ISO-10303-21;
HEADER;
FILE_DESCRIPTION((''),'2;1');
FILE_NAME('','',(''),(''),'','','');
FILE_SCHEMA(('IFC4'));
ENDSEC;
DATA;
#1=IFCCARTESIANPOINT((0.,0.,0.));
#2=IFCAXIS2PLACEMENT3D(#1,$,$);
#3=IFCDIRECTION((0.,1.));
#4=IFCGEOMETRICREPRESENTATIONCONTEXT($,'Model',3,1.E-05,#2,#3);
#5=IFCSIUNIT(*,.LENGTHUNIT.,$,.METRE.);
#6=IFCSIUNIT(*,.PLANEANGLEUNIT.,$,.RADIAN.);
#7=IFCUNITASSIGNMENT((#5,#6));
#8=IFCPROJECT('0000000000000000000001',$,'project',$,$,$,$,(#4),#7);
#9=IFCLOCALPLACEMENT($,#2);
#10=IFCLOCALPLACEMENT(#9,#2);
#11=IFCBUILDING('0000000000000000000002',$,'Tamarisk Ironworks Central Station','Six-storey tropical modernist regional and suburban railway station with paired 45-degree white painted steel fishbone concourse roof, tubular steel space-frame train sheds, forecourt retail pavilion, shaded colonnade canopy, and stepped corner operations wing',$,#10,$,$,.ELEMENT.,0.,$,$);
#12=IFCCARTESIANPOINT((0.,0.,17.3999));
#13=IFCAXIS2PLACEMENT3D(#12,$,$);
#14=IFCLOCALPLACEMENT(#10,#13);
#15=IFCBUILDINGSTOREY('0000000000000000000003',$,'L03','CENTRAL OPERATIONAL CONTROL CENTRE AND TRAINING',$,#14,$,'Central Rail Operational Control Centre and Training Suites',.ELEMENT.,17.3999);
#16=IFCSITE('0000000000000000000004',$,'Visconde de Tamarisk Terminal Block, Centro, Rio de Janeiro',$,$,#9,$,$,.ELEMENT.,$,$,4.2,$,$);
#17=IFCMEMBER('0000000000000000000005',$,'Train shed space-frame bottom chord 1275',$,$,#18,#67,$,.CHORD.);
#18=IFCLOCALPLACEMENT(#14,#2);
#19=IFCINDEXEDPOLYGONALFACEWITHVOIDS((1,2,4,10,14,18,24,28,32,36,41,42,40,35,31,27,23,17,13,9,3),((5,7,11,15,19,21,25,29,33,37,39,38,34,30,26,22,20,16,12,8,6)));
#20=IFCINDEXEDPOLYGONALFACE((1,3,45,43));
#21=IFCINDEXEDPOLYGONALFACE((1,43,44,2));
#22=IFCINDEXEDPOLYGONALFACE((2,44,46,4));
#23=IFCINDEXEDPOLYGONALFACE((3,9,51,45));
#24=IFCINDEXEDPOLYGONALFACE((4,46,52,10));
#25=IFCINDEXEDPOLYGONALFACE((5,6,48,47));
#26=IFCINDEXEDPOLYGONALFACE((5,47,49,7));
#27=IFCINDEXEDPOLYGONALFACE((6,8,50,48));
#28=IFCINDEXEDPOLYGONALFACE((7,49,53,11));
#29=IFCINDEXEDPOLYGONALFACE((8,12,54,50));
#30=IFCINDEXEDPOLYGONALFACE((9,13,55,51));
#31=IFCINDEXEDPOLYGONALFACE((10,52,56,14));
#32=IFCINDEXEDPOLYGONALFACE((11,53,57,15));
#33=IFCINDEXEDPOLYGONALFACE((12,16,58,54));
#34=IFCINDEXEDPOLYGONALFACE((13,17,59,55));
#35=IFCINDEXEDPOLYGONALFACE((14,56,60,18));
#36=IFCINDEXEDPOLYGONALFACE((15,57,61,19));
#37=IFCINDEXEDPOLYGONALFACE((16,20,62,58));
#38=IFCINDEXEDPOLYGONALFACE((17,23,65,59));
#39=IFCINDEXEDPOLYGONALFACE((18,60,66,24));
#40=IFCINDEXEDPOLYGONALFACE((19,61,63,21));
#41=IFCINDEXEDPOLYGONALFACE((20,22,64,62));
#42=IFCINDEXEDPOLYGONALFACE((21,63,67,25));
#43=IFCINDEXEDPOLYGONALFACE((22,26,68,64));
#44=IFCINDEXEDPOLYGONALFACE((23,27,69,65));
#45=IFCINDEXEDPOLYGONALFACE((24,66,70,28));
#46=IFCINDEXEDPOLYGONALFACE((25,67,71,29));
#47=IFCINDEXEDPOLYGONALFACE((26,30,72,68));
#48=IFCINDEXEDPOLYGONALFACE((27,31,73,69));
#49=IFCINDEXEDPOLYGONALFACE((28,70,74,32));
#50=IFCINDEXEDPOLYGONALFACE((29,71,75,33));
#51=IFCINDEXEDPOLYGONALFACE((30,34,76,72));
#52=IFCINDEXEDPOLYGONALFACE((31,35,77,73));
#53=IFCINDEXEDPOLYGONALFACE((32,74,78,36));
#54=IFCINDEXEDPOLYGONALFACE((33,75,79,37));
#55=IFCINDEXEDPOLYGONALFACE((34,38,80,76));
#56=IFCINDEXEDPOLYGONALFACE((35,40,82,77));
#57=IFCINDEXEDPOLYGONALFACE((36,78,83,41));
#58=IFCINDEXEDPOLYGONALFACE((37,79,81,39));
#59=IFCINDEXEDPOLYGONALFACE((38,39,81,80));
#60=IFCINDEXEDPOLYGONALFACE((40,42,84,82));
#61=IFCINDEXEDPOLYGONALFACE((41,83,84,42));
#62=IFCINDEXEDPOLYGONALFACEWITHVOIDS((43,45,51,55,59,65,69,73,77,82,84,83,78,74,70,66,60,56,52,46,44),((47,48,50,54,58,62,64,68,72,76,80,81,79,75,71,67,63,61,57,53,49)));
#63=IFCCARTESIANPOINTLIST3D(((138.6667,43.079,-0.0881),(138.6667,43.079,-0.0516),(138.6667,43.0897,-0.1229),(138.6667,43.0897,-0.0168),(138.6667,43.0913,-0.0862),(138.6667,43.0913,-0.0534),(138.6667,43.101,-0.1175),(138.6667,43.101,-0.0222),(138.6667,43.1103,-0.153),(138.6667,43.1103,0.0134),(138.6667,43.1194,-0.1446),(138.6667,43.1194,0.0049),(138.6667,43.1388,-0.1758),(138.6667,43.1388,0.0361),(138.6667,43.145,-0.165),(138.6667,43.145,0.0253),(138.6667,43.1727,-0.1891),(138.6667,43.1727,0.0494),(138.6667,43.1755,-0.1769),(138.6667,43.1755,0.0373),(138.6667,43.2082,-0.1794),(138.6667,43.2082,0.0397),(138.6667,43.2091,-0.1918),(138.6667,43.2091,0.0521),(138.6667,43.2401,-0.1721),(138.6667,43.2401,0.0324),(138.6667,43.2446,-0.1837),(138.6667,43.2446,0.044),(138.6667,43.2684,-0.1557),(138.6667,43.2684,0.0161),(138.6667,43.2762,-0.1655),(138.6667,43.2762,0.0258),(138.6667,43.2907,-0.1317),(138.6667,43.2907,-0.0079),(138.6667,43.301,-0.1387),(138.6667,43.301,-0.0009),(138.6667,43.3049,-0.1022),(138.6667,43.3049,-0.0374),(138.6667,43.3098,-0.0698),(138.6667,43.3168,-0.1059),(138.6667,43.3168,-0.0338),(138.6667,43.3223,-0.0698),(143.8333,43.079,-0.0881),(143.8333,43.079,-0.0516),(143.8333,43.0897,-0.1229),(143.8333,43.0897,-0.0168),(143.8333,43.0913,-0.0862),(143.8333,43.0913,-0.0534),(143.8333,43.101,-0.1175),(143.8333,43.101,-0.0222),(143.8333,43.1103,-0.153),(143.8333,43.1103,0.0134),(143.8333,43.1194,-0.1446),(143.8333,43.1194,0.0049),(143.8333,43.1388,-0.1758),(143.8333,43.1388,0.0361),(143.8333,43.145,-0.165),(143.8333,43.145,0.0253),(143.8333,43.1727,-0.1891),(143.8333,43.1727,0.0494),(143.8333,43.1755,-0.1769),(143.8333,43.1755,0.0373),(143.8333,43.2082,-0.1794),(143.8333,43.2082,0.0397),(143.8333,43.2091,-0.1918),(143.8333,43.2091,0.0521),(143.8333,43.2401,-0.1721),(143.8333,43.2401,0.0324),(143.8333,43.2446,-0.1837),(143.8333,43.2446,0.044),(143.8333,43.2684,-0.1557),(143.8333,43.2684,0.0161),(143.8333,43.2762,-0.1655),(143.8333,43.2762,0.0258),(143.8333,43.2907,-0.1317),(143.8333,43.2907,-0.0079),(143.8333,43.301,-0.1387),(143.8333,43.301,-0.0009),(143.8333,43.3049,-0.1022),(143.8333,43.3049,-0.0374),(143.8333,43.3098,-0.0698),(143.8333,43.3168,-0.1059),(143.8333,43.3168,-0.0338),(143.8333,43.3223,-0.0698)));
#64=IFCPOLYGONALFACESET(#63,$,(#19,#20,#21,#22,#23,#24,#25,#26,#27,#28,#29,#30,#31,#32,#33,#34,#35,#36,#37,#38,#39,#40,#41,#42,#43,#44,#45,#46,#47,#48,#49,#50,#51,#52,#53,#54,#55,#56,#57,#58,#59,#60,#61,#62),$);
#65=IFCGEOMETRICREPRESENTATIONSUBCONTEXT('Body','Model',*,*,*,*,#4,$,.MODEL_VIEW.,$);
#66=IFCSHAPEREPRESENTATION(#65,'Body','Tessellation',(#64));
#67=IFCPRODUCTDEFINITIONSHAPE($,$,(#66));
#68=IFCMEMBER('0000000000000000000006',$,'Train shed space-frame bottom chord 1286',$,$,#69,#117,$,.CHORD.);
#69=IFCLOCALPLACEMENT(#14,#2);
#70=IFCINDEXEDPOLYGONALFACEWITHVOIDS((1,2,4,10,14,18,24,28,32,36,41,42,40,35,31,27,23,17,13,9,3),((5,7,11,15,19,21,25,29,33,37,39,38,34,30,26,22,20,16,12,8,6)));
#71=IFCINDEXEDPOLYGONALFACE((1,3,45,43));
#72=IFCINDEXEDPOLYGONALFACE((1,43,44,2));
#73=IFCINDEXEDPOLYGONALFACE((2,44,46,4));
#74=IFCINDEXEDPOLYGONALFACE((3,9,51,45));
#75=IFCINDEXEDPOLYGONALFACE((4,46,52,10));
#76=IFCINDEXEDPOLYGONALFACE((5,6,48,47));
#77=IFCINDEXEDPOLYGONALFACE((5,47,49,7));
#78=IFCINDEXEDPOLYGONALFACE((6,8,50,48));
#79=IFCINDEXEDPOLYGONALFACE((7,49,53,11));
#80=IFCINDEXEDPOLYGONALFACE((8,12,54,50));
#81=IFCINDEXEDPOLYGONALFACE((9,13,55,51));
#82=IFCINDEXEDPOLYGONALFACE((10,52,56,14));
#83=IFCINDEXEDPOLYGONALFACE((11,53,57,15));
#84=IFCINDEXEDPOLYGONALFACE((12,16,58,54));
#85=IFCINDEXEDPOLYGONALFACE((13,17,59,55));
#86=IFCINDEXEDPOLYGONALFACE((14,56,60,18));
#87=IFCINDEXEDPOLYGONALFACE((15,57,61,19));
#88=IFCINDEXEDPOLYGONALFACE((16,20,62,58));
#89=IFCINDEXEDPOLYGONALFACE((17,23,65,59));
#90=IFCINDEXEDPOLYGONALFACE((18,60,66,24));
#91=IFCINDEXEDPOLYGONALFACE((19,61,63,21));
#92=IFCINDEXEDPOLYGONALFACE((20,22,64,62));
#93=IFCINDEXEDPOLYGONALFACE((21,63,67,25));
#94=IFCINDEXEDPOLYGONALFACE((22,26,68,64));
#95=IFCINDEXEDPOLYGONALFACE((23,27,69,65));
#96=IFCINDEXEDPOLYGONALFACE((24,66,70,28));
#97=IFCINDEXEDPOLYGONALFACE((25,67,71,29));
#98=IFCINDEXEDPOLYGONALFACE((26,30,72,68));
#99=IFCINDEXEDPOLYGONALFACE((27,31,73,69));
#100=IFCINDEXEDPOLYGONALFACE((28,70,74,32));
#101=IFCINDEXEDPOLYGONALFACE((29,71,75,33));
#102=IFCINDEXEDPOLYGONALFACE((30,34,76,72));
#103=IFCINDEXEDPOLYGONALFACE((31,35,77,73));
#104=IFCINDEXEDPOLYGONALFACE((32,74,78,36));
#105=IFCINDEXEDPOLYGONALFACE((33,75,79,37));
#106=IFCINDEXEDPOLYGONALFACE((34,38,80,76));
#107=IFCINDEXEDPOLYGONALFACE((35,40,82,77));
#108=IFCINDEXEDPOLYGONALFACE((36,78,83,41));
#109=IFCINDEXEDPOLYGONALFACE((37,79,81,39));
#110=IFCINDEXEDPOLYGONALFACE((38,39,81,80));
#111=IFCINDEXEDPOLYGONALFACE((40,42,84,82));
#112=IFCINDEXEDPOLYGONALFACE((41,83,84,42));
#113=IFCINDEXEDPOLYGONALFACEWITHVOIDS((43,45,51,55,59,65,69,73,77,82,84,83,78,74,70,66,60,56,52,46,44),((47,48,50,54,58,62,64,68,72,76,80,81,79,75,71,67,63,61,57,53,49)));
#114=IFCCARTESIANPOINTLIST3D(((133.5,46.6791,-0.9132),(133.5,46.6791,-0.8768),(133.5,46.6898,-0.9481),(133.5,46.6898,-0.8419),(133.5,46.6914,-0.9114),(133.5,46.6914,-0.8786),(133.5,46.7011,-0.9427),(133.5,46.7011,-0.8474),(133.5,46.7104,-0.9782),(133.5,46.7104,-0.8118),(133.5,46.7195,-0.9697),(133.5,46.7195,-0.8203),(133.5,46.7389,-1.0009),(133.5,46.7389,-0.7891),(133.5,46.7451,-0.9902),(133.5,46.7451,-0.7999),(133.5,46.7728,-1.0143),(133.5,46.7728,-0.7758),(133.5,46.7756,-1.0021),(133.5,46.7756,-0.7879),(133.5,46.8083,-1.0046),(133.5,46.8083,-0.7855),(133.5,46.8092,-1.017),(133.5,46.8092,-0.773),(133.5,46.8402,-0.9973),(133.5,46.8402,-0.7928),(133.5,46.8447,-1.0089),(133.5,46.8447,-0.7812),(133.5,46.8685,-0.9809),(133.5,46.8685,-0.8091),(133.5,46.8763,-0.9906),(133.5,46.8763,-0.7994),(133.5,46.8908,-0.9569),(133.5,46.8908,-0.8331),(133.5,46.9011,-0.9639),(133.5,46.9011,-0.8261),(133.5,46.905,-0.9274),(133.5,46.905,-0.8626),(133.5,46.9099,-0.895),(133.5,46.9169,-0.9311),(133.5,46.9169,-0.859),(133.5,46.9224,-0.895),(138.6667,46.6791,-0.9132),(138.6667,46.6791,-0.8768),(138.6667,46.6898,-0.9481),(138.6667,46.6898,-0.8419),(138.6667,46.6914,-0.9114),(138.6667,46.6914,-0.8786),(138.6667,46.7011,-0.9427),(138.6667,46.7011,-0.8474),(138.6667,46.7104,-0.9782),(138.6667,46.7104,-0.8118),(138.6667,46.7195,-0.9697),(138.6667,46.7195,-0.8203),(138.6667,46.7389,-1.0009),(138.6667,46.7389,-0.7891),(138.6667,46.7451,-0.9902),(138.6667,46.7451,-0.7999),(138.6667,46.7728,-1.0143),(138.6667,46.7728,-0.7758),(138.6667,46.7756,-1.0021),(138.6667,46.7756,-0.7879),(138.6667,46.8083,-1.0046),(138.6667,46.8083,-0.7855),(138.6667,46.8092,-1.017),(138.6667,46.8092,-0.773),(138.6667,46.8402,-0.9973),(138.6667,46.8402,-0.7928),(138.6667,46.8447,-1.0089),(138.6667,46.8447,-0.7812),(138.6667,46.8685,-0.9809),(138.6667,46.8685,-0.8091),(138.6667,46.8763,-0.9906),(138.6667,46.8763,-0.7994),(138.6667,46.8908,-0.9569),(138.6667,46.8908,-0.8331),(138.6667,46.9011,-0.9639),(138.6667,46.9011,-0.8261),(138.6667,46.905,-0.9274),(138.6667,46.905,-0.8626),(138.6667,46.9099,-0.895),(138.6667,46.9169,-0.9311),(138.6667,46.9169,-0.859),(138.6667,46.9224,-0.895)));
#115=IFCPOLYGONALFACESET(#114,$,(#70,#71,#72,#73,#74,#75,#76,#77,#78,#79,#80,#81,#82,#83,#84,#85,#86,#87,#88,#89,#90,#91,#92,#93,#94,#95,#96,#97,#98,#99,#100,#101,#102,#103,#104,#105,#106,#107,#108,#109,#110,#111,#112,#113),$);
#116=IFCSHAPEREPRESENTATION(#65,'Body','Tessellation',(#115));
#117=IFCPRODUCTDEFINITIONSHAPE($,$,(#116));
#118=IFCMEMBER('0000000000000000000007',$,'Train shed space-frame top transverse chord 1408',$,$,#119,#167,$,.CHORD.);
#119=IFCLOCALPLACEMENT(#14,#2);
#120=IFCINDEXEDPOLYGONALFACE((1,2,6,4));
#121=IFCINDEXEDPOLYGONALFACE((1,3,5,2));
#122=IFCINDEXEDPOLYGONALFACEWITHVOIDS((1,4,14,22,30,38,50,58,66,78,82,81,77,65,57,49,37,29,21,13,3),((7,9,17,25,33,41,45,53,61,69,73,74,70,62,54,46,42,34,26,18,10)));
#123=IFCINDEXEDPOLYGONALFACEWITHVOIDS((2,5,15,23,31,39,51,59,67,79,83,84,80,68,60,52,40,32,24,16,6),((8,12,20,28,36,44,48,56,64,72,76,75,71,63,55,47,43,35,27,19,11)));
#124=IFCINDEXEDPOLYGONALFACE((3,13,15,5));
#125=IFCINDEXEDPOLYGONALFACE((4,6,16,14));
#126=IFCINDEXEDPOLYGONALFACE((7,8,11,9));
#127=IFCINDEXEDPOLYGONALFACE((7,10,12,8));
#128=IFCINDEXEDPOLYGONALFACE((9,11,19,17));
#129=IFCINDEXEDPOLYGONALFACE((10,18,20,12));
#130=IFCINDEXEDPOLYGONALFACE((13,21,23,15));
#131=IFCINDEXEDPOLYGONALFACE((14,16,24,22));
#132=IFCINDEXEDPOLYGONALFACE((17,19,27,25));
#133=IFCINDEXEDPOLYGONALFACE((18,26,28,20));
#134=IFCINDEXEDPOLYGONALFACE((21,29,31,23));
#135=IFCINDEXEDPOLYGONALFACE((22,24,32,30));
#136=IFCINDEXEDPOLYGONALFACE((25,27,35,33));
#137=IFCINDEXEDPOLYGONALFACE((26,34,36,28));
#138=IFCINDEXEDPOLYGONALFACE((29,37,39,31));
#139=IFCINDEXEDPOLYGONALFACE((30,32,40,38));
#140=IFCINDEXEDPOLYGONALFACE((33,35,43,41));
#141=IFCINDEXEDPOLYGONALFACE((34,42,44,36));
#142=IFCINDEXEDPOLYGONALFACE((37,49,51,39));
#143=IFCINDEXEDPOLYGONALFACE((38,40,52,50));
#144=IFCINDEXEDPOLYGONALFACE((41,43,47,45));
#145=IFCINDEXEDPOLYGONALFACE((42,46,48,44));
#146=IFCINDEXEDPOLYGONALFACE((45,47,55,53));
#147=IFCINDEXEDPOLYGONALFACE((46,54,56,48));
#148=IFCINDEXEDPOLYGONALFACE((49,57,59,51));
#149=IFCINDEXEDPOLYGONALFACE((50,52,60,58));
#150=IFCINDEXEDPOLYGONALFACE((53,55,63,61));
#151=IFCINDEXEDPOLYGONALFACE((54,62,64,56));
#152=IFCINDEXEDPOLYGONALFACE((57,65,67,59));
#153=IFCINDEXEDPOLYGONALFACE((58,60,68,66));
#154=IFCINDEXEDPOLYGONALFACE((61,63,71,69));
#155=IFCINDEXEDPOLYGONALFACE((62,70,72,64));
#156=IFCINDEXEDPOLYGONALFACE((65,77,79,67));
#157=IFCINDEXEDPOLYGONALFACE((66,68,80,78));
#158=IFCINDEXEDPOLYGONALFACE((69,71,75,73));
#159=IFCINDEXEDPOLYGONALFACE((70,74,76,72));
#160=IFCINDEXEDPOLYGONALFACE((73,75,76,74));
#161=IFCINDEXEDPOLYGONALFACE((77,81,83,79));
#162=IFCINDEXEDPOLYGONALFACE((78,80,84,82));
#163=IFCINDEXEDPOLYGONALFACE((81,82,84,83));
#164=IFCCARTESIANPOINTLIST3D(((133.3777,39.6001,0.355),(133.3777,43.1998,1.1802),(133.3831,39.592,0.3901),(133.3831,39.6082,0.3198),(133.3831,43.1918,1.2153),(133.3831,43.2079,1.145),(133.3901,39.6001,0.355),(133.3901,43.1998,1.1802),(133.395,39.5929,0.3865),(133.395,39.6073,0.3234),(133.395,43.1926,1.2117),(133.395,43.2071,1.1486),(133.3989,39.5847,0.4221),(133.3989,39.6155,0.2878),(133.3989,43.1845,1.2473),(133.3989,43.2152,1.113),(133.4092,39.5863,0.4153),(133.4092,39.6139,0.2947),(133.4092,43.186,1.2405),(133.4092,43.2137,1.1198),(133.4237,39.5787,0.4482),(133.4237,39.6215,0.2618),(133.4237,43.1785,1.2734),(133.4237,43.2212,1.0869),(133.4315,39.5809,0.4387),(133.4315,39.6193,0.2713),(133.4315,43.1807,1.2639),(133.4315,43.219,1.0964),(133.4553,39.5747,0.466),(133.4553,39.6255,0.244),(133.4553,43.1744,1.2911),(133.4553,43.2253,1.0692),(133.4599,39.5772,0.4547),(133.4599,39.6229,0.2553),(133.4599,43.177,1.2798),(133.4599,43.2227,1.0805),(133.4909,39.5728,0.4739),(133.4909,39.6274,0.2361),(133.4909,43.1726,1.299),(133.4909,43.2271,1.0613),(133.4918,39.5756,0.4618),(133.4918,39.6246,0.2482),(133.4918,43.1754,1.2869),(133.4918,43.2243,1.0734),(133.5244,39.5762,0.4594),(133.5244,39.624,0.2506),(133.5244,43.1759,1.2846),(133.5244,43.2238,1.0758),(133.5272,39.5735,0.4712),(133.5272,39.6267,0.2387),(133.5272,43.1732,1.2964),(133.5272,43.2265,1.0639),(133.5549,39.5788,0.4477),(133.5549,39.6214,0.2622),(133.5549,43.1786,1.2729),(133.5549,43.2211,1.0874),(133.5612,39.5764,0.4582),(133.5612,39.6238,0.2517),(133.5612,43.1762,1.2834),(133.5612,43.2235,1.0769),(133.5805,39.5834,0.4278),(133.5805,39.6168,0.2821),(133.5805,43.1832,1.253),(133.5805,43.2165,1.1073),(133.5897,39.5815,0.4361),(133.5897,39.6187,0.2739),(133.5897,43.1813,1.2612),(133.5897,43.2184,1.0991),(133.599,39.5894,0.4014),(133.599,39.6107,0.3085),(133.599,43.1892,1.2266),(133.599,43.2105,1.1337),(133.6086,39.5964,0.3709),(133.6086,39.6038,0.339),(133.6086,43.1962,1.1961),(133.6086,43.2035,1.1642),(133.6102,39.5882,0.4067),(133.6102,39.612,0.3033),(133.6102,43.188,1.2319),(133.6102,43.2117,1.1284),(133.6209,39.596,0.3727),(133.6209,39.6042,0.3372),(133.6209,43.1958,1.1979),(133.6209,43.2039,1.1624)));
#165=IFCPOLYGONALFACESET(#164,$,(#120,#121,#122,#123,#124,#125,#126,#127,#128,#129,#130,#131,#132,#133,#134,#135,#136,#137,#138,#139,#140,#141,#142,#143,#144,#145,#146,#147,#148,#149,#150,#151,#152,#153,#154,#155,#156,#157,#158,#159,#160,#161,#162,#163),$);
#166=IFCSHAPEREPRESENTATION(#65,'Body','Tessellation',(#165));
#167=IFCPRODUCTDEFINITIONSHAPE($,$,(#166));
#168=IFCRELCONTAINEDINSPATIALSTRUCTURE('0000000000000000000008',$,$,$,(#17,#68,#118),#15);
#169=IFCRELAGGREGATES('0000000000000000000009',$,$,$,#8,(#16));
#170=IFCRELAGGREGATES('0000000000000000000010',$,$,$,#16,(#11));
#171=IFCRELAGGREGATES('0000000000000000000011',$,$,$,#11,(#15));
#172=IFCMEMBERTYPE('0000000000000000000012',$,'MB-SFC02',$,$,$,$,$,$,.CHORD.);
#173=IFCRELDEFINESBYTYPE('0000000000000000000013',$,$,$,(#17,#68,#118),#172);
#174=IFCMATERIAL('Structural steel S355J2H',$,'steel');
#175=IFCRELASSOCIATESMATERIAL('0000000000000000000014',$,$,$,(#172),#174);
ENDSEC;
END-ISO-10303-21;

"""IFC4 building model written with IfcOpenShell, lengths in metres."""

from ifc_helpers import new_model, si_unit, direction, frame, origin, origin_2d, place, context, subcontext, project, spatial, hollow_circle, extrude, material, material_profile, profile_set, type_object, element, save


model = new_model("IFC4")

# Units and contexts
model_context = context("Model", 3, precision=1e-05, world=origin(), true_north=direction((0.0, 1.0)))
body_context = subcontext(model_context, "Body", "Model", "MODEL_VIEW")
ifc_project = project(units=[si_unit("LENGTHUNIT", "METRE"), si_unit("PLANEANGLEUNIT", "RADIAN")], contexts=[model_context])

# Site, building, storey
site_placement = place(None, origin())
site = spatial("IfcSite", under=ifc_project, at=site_placement, Name="Visconde de Tamarisk Terminal Block, Centro, Rio de Janeiro", CompositionType="ELEMENT", RefElevation=4.2)
building_placement = place(site_placement, origin())
building = spatial("IfcBuilding", under=site, at=building_placement, Name="Tamarisk Ironworks Central Station", Description="Six-storey tropical modernist regional and suburban railway station with paired 45-degree white painted steel fishbone concourse roof, tubular steel space-frame train sheds, forecourt retail pavilion, shaded colonnade canopy, and stepped corner operations wing", CompositionType="ELEMENT", ElevationOfRefHeight=0.0)
storey_placement = place(building_placement, frame((0.0, 0.0, 17.3999)))
storey = spatial("IfcBuildingStorey", under=building, at=storey_placement, Name="L03", Description="CENTRAL OPERATIONAL CONTROL CENTRE AND TRAINING", LongName="Central Rail Operational Control Centre and Training Suites", CompositionType="ELEMENT", Elevation=17.3999)

# Members
ifc_material = material(Name="Structural steel S355J2H", Category="steel")
ifc_material_profile_1 = material_profile(ifc_material, hollow_circle(Radius=0.1223, WallThickness=0.0125, at=origin_2d()), Name="CHS 244.5x12.5")
ifc_profile_set_1 = profile_set([ifc_material_profile_1], Name="Structural steel S355J2H")
member_type_1 = type_object("IfcMemberType", Name="MB-SFC02", PredefinedType="CHORD", material=ifc_profile_set_1)
member_1_placement = place(storey_placement, frame((138.6667, 43.2, -0.0698), z_axis=(1.0, 0.0, 0.0), x_axis=(0.0, 1.0, 0.0)))
element("IfcMember", 1, at=member_1_placement, inside=storey, type_object=member_type_1, Name="Train shed space-frame bottom chord 1275", PredefinedType="CHORD", context=body_context, shape_type="SweptSolid", body=[
    extrude(hollow_circle(Radius=0.1223, WallThickness=0.0125, at=origin_2d()), origin(), (0.0, 0.0, 1.0), 5.1665),
])
member_2_placement = place(storey_placement, frame((133.5, 46.8, -0.895), z_axis=(1.0, 0.0, 0.0), x_axis=(0.0, 1.0, 0.0)))
element("IfcMember", 2, at=member_2_placement, inside=storey, type_object=member_type_1, Name="Train shed space-frame bottom chord 1286", PredefinedType="CHORD", context=body_context, shape_type="SweptSolid", body=[
    extrude(hollow_circle(Radius=0.1223, WallThickness=0.0125, at=origin_2d()), origin(), (0.0, 0.0, 1.0), 5.1667),
])
member_3_placement = place(storey_placement, frame((133.5, 39.6001, 0.355), z_axis=(0.0, 0.974719, 0.223435), x_axis=(-1.0, 0.0, 0.0)))
element("IfcMember", 3, at=member_3_placement, inside=storey, type_object=member_type_1, Name="Train shed space-frame top transverse chord 1408", PredefinedType="CHORD", context=body_context, shape_type="SweptSolid", body=[
    extrude(hollow_circle(Radius=0.1223, WallThickness=0.0125, at=origin_2d()), origin(), (0.0, 0.0, 1.0), 3.6931),
])

save(model, "model.ifc")
